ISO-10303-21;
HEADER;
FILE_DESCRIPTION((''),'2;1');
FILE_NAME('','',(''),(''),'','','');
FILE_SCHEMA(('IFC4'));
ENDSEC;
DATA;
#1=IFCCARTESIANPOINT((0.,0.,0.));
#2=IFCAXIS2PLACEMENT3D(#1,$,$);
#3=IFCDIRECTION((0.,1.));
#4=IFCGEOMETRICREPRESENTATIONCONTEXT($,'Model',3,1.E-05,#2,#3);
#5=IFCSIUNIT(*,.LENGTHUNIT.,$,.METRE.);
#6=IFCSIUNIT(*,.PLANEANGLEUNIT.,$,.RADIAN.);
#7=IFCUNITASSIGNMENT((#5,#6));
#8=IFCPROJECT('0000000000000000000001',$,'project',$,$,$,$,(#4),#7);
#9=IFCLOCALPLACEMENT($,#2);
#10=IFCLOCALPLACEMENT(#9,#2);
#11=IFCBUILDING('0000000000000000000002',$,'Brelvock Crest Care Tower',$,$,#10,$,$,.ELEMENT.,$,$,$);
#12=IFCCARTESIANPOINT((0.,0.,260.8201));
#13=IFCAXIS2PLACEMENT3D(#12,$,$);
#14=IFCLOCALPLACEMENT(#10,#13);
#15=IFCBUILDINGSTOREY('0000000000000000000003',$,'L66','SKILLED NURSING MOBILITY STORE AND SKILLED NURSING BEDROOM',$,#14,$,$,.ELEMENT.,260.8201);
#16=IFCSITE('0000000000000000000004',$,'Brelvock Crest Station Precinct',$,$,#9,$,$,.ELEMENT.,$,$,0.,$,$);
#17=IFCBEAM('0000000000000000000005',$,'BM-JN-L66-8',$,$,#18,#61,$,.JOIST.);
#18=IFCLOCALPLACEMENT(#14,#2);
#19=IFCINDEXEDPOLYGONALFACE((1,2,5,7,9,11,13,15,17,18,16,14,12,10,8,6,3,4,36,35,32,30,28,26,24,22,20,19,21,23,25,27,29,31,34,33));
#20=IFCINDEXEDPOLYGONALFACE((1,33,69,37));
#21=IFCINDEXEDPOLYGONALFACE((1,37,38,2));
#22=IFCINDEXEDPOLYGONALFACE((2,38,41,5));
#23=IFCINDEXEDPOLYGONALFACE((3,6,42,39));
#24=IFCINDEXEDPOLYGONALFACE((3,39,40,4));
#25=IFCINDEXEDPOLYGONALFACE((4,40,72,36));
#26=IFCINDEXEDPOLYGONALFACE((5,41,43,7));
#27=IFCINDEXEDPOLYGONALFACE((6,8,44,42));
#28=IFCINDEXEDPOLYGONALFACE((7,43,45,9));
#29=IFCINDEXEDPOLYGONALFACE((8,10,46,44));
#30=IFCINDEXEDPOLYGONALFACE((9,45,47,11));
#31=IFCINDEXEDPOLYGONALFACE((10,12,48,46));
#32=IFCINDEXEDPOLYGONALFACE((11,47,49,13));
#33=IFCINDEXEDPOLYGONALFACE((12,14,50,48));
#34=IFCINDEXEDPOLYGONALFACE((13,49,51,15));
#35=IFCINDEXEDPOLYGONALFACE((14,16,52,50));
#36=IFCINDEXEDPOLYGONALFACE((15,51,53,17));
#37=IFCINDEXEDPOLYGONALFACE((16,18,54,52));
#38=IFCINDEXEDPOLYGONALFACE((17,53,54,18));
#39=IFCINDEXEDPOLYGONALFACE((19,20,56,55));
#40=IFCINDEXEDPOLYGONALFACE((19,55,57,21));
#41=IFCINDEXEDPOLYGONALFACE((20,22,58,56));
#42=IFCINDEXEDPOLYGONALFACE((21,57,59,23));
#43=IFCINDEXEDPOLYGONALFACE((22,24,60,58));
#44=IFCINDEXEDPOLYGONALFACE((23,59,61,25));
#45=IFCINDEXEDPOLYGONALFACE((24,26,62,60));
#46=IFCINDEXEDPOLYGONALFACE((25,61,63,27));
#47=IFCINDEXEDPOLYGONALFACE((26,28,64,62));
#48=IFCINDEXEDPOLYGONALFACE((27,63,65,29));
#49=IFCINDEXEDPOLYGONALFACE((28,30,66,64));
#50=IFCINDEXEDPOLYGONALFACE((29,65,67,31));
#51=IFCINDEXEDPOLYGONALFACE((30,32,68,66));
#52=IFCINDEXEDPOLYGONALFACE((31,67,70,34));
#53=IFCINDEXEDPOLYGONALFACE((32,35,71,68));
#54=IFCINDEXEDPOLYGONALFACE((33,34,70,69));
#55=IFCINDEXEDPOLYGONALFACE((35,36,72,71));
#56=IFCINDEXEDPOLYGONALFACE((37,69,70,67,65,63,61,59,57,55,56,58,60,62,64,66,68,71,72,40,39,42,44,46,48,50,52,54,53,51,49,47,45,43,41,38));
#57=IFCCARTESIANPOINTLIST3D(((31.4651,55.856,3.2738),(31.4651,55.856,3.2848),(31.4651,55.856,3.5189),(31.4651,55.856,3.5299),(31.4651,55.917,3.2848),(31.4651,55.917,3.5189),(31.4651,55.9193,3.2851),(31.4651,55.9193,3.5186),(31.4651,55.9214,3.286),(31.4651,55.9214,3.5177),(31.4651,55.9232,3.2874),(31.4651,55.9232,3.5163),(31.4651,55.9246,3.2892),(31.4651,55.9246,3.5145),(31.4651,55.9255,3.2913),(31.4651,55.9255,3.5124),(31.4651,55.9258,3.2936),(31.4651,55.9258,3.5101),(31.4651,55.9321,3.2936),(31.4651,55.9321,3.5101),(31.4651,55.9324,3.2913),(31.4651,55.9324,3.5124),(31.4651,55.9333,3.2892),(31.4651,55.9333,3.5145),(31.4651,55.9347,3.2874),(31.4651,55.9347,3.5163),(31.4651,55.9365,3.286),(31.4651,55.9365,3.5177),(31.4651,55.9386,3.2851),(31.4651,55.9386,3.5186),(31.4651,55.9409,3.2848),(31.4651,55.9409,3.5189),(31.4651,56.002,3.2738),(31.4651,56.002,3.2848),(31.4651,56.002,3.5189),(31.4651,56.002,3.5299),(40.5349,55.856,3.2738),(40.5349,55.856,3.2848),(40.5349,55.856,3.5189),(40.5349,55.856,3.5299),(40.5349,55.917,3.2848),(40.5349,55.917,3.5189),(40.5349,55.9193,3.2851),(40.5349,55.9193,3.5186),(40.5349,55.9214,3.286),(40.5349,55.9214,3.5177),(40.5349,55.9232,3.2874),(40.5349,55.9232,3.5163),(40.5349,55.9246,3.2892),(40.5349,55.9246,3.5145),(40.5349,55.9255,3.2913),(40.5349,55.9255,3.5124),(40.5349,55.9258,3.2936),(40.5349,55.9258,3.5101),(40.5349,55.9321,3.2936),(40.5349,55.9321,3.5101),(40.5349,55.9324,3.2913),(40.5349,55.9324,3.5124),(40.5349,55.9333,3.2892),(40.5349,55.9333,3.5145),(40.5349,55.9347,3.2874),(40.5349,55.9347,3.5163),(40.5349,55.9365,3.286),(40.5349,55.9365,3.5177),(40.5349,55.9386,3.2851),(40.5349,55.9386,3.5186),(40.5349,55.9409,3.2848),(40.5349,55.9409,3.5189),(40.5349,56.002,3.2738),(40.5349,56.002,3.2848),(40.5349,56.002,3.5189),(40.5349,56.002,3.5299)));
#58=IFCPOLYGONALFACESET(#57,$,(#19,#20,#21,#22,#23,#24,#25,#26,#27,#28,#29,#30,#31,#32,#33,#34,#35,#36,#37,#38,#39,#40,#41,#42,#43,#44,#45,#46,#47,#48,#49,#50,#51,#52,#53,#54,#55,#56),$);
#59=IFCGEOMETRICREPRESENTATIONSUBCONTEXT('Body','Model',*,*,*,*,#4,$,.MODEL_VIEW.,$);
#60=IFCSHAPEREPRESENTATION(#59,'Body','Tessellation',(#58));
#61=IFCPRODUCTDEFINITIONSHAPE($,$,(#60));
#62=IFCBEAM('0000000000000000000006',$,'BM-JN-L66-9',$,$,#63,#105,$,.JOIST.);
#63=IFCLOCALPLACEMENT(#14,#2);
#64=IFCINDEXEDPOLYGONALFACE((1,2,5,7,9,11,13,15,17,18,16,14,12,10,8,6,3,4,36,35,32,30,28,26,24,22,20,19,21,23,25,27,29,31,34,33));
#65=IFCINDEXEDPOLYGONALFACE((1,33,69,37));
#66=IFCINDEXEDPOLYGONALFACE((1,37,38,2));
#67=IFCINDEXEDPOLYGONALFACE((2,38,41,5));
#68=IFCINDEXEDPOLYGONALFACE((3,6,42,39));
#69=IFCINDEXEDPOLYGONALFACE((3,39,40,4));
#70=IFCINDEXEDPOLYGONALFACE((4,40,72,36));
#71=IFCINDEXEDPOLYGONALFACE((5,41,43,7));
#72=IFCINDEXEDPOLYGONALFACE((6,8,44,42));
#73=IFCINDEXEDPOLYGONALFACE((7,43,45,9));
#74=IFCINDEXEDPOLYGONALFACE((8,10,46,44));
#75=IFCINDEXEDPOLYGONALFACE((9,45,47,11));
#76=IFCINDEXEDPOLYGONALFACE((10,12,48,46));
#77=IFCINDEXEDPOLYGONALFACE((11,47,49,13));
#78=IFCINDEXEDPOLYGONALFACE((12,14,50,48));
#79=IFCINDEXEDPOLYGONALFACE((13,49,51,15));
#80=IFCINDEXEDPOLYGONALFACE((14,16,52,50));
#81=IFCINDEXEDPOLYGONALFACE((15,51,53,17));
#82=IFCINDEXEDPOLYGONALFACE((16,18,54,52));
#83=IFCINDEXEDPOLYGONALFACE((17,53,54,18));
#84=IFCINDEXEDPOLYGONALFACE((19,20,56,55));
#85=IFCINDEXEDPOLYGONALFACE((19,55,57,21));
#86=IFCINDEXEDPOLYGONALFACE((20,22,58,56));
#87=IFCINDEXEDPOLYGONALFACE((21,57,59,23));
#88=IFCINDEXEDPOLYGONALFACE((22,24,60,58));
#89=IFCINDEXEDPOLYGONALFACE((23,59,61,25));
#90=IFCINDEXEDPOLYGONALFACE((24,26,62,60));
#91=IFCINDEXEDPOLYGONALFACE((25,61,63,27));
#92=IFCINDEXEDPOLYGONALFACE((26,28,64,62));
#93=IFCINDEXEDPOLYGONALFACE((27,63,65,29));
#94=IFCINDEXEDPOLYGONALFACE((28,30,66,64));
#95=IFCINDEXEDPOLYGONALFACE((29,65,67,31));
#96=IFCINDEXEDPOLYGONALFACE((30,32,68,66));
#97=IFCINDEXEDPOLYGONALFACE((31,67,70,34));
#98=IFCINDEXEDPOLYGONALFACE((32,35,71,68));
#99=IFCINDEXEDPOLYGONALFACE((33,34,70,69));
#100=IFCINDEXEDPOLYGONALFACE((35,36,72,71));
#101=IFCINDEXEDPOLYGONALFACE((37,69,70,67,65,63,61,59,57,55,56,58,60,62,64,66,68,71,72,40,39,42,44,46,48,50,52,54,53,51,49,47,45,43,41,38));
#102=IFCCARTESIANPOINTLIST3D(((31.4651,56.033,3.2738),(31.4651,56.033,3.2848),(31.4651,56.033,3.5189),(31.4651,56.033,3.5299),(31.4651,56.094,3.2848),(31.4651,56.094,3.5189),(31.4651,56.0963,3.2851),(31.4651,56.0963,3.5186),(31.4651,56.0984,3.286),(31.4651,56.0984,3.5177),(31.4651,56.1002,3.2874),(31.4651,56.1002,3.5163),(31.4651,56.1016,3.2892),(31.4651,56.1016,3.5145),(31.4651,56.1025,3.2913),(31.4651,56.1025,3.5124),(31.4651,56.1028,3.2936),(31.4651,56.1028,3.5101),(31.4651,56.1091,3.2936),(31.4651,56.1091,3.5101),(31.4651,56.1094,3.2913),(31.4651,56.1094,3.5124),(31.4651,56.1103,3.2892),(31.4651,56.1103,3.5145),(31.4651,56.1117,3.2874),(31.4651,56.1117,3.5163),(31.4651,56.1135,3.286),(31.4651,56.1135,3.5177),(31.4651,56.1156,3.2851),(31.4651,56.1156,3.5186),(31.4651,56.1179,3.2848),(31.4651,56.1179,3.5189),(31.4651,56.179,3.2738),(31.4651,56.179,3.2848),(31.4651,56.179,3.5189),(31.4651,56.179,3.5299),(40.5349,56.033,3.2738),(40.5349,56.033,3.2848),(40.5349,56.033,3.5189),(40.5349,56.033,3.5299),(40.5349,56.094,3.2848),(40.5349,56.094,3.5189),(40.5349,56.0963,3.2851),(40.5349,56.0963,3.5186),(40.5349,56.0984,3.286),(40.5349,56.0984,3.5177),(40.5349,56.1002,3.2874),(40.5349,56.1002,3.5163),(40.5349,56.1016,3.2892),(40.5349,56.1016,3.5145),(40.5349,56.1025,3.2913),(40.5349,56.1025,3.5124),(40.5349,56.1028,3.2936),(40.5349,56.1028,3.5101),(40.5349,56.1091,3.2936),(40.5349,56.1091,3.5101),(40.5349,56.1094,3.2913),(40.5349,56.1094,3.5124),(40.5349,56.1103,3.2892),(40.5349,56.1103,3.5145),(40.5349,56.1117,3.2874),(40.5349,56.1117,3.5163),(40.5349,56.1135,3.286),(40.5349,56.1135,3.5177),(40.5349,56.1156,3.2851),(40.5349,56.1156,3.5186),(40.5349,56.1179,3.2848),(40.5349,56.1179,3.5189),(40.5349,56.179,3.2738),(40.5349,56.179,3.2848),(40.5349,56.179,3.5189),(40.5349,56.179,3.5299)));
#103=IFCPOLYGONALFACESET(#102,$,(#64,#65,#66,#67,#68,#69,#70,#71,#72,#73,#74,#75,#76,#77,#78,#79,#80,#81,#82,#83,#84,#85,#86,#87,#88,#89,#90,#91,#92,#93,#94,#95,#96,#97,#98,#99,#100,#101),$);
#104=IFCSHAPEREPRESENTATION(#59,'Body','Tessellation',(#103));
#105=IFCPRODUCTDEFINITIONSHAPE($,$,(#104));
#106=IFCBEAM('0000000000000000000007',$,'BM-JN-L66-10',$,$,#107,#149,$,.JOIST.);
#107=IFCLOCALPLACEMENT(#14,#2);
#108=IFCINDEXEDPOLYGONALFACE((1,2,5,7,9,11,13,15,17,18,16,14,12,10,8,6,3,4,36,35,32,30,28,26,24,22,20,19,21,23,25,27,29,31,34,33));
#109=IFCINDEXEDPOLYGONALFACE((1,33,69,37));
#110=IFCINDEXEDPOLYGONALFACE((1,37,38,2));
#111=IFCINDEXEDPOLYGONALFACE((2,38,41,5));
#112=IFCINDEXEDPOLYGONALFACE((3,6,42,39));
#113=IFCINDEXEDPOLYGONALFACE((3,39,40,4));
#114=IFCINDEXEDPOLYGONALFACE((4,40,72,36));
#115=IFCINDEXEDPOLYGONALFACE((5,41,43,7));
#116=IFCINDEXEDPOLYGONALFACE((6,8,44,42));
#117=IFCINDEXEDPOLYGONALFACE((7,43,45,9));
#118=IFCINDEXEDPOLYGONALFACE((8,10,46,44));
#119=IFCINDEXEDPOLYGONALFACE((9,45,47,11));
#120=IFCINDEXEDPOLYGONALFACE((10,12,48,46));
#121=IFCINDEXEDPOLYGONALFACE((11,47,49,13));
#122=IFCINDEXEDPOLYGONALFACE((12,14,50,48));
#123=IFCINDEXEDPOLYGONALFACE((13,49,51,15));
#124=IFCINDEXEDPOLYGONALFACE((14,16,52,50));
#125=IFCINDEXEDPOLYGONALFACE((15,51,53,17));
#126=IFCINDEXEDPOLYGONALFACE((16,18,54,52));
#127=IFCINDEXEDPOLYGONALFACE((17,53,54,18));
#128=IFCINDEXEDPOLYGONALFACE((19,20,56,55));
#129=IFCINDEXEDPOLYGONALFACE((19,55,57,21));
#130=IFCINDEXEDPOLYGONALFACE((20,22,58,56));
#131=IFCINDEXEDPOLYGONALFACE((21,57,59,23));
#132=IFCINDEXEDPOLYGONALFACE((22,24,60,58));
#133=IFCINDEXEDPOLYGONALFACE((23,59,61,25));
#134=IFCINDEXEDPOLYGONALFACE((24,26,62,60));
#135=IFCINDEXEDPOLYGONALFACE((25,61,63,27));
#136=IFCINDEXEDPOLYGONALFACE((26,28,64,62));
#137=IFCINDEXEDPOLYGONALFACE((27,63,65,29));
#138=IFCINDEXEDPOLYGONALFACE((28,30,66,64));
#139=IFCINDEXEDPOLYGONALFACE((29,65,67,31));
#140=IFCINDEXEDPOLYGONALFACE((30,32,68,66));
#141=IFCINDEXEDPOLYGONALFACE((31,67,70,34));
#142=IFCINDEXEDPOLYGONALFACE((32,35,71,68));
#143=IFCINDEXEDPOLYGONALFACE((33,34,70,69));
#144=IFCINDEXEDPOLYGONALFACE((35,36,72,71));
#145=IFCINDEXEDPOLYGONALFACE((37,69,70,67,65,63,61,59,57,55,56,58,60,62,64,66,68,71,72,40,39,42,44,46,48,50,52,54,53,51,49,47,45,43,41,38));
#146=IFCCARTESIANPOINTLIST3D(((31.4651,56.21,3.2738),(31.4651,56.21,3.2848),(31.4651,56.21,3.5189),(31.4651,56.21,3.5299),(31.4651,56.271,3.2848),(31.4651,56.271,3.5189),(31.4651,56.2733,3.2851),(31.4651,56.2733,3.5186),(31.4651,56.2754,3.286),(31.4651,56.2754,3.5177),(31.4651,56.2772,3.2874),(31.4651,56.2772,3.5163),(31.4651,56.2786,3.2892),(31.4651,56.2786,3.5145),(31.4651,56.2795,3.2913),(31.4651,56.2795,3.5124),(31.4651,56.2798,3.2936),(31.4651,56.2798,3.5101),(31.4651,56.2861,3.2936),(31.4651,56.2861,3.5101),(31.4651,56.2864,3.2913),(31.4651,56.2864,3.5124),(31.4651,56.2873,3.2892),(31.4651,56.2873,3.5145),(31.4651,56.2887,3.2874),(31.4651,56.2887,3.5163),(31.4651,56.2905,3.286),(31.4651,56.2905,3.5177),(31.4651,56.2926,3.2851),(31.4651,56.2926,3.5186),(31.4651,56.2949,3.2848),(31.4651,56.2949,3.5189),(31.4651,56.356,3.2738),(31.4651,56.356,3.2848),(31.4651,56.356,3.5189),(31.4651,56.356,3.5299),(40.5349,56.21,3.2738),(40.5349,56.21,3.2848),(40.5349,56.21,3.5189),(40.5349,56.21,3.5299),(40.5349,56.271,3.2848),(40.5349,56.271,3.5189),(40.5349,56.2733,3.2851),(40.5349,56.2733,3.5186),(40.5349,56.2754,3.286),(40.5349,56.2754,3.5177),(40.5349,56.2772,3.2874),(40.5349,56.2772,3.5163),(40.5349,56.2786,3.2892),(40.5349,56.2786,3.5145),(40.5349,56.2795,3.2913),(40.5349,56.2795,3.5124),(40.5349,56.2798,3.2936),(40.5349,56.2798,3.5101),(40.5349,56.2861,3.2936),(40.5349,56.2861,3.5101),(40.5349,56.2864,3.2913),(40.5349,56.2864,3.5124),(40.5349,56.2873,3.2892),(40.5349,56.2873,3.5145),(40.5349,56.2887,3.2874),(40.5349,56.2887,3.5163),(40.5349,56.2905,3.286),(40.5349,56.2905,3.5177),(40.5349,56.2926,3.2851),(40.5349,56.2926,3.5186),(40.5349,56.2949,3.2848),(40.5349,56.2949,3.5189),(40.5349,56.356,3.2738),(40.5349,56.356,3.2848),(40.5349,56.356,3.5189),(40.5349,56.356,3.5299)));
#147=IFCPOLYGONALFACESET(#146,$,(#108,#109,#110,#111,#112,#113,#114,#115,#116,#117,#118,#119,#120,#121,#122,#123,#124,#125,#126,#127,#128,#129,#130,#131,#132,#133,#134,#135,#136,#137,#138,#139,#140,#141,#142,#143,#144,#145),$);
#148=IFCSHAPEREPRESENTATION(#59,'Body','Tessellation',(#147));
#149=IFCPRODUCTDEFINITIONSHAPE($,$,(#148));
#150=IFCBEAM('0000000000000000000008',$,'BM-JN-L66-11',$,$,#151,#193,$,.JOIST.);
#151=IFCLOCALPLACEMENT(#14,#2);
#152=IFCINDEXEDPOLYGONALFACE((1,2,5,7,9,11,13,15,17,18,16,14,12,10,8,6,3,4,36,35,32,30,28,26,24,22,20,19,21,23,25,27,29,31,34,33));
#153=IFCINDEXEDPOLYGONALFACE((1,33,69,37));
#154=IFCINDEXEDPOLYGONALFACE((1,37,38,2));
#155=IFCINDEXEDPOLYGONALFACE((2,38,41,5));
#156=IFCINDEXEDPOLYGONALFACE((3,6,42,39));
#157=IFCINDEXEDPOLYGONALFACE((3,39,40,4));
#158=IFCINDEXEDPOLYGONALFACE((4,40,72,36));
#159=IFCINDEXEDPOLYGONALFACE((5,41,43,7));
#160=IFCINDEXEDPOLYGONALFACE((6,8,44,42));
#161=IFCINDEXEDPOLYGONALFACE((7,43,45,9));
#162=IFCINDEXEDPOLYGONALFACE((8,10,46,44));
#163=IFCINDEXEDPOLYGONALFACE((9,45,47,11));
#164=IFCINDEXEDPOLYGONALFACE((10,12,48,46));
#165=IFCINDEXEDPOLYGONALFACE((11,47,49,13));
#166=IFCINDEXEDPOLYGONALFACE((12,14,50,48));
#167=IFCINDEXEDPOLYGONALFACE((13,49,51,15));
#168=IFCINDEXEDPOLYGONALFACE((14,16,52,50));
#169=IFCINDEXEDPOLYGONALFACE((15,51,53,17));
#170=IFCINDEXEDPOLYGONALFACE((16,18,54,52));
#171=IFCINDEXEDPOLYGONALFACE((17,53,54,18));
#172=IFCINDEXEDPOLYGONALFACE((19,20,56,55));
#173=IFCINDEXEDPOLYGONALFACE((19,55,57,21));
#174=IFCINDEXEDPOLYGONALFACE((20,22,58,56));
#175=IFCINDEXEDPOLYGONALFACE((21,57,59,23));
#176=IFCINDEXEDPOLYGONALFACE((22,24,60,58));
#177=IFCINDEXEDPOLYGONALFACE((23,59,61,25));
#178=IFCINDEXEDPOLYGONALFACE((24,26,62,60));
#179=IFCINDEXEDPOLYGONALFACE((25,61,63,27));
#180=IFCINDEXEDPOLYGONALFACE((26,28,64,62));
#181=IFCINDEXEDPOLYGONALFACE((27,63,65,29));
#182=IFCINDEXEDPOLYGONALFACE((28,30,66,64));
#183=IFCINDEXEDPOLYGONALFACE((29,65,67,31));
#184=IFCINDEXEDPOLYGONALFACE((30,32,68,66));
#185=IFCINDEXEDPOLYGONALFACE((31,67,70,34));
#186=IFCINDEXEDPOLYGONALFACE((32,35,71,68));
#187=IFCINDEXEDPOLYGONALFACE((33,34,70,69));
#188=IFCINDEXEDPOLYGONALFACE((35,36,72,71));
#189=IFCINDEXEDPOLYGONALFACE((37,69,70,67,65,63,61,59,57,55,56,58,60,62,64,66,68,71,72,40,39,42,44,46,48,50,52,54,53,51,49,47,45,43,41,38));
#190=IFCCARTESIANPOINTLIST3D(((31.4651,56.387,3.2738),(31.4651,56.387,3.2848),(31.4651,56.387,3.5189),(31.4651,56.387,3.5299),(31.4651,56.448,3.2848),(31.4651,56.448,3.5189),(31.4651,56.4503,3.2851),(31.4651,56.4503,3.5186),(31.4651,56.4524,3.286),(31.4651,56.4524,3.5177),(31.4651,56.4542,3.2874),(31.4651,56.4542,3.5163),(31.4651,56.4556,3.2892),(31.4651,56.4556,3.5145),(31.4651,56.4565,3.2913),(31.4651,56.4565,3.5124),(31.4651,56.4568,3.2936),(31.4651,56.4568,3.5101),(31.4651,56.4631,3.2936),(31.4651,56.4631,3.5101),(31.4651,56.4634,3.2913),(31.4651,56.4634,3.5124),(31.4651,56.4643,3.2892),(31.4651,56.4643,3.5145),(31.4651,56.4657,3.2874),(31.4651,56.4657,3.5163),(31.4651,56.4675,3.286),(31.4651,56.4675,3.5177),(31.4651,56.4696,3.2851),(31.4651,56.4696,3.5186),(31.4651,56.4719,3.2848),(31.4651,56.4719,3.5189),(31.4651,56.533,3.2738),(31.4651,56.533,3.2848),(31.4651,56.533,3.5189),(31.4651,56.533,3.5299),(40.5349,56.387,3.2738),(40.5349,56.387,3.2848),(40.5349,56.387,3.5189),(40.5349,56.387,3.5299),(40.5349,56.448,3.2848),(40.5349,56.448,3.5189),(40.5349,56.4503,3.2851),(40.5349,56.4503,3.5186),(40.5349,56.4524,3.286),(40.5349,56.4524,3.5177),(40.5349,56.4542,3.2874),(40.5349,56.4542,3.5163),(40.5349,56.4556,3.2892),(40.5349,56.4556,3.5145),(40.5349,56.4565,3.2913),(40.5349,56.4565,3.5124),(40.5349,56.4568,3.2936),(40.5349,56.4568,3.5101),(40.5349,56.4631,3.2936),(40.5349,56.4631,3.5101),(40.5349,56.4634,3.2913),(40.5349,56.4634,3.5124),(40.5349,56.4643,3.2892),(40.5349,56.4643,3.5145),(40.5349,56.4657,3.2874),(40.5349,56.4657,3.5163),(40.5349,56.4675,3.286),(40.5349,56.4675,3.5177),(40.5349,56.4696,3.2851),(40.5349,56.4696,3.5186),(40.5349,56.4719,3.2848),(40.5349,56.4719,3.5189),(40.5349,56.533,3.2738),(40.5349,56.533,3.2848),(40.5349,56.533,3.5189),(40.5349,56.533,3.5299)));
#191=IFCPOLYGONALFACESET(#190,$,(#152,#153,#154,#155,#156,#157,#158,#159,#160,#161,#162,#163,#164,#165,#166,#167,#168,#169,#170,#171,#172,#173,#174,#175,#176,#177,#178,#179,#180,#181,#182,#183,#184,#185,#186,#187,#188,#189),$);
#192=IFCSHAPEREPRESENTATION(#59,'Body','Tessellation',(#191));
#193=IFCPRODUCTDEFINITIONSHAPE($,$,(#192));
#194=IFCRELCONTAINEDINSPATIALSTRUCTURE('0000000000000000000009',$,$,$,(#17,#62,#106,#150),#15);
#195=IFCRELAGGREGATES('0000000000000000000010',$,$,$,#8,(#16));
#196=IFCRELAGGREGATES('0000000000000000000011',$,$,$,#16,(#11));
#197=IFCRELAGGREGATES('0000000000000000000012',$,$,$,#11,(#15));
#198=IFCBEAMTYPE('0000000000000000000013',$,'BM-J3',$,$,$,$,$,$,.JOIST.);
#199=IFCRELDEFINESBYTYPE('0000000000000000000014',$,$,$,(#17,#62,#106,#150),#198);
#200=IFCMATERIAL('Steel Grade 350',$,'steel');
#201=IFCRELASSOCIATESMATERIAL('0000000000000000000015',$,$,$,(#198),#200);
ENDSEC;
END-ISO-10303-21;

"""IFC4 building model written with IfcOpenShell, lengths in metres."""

from ifc_helpers import new_model, si_unit, direction, frame, origin, origin_2d, place, context, subcontext, project, spatial, i_section, extrude, source, transform, mapped, material, material_profile, profile_set, type_object, element, save


model = new_model("IFC4")

# Units and contexts
model_context = context("Model", 3, precision=1e-05, world=origin(), true_north=direction((0.0, 1.0)))
body_context = subcontext(model_context, "Body", "Model", "MODEL_VIEW")
ifc_project = project(units=[si_unit("LENGTHUNIT", "METRE"), si_unit("PLANEANGLEUNIT", "RADIAN")], contexts=[model_context])

# Site, building, storey
site_placement = place(None, origin())
site = spatial("IfcSite", under=ifc_project, at=site_placement, Name="Brelvock Crest Station Precinct", CompositionType="ELEMENT", RefElevation=0.0)
building_placement = place(site_placement, origin())
building = spatial("IfcBuilding", under=site, at=building_placement, Name="Brelvock Crest Care Tower", CompositionType="ELEMENT")
storey_placement = place(building_placement, frame((0.0, 0.0, 260.8201)))
storey = spatial("IfcBuildingStorey", under=building, at=storey_placement, Name="L66", Description="SKILLED NURSING MOBILITY STORE AND SKILLED NURSING BEDROOM", CompositionType="ELEMENT", Elevation=260.8201)

# Shared definitions
ifc_material_1 = material(Name="Steel Grade 350", Category="steel")

# Beams
ifc_material_profile_1 = material_profile(ifc_material_1, i_section(OverallWidth=0.146, OverallDepth=0.2561, WebThickness=0.0063, FlangeThickness=0.011, FilletRadius=0.0088, at=origin_2d()), Name="250UB37.3")
ifc_profile_set_1 = profile_set([ifc_material_profile_1], Name="Steel Grade 350")
beam_type_1 = type_object("IfcBeamType", Name="BM-J3", PredefinedType="JOIST", material=ifc_profile_set_1)
shared_shape_1 = source(origin(), body_context, "Body", "SweptSolid", [
    extrude(i_section(OverallWidth=0.146, OverallDepth=0.2561, WebThickness=0.0063, FlangeThickness=0.011, FilletRadius=0.0088, at=origin_2d()), origin(), (0.0, 0.0, 1.0), 9.0698),
])
for number, where, z_axis, x_axis, name in (
    (1, (31.4651, 55.929, 3.4019), (1.0, 0.0, 0.0), (0.0, 1.0, 0.0), "BM-JN-L66-8"),
    (2, (31.4651, 56.106, 3.4019), (1.0, 0.0, 0.0), (0.0, 1.0, 0.0), "BM-JN-L66-9"),
    (3, (31.4651, 56.283, 3.4019), (1.0, 0.0, 0.0), (0.0, 1.0, 0.0), "BM-JN-L66-10"),
    (4, (31.4651, 56.46, 3.4019), (1.0, 0.0, 0.0), (0.0, 1.0, 0.0), "BM-JN-L66-11"),
):
    element("IfcBeam", number, at=place(storey_placement, frame(where, z_axis=z_axis, x_axis=x_axis)), inside=storey, type_object=beam_type_1, Name=name, PredefinedType="JOIST", context=body_context, shape_type="MappedRepresentation", body=[
        mapped(shared_shape_1, transform((0.0, 0.0, 0.0), x_axis=(1.0, 0.0, 0.0), y_axis=(0.0, 1.0, 0.0), z_axis=(0.0, 0.0, 1.0), scale=1.0)),
    ])

save(model, "model.ifc")
